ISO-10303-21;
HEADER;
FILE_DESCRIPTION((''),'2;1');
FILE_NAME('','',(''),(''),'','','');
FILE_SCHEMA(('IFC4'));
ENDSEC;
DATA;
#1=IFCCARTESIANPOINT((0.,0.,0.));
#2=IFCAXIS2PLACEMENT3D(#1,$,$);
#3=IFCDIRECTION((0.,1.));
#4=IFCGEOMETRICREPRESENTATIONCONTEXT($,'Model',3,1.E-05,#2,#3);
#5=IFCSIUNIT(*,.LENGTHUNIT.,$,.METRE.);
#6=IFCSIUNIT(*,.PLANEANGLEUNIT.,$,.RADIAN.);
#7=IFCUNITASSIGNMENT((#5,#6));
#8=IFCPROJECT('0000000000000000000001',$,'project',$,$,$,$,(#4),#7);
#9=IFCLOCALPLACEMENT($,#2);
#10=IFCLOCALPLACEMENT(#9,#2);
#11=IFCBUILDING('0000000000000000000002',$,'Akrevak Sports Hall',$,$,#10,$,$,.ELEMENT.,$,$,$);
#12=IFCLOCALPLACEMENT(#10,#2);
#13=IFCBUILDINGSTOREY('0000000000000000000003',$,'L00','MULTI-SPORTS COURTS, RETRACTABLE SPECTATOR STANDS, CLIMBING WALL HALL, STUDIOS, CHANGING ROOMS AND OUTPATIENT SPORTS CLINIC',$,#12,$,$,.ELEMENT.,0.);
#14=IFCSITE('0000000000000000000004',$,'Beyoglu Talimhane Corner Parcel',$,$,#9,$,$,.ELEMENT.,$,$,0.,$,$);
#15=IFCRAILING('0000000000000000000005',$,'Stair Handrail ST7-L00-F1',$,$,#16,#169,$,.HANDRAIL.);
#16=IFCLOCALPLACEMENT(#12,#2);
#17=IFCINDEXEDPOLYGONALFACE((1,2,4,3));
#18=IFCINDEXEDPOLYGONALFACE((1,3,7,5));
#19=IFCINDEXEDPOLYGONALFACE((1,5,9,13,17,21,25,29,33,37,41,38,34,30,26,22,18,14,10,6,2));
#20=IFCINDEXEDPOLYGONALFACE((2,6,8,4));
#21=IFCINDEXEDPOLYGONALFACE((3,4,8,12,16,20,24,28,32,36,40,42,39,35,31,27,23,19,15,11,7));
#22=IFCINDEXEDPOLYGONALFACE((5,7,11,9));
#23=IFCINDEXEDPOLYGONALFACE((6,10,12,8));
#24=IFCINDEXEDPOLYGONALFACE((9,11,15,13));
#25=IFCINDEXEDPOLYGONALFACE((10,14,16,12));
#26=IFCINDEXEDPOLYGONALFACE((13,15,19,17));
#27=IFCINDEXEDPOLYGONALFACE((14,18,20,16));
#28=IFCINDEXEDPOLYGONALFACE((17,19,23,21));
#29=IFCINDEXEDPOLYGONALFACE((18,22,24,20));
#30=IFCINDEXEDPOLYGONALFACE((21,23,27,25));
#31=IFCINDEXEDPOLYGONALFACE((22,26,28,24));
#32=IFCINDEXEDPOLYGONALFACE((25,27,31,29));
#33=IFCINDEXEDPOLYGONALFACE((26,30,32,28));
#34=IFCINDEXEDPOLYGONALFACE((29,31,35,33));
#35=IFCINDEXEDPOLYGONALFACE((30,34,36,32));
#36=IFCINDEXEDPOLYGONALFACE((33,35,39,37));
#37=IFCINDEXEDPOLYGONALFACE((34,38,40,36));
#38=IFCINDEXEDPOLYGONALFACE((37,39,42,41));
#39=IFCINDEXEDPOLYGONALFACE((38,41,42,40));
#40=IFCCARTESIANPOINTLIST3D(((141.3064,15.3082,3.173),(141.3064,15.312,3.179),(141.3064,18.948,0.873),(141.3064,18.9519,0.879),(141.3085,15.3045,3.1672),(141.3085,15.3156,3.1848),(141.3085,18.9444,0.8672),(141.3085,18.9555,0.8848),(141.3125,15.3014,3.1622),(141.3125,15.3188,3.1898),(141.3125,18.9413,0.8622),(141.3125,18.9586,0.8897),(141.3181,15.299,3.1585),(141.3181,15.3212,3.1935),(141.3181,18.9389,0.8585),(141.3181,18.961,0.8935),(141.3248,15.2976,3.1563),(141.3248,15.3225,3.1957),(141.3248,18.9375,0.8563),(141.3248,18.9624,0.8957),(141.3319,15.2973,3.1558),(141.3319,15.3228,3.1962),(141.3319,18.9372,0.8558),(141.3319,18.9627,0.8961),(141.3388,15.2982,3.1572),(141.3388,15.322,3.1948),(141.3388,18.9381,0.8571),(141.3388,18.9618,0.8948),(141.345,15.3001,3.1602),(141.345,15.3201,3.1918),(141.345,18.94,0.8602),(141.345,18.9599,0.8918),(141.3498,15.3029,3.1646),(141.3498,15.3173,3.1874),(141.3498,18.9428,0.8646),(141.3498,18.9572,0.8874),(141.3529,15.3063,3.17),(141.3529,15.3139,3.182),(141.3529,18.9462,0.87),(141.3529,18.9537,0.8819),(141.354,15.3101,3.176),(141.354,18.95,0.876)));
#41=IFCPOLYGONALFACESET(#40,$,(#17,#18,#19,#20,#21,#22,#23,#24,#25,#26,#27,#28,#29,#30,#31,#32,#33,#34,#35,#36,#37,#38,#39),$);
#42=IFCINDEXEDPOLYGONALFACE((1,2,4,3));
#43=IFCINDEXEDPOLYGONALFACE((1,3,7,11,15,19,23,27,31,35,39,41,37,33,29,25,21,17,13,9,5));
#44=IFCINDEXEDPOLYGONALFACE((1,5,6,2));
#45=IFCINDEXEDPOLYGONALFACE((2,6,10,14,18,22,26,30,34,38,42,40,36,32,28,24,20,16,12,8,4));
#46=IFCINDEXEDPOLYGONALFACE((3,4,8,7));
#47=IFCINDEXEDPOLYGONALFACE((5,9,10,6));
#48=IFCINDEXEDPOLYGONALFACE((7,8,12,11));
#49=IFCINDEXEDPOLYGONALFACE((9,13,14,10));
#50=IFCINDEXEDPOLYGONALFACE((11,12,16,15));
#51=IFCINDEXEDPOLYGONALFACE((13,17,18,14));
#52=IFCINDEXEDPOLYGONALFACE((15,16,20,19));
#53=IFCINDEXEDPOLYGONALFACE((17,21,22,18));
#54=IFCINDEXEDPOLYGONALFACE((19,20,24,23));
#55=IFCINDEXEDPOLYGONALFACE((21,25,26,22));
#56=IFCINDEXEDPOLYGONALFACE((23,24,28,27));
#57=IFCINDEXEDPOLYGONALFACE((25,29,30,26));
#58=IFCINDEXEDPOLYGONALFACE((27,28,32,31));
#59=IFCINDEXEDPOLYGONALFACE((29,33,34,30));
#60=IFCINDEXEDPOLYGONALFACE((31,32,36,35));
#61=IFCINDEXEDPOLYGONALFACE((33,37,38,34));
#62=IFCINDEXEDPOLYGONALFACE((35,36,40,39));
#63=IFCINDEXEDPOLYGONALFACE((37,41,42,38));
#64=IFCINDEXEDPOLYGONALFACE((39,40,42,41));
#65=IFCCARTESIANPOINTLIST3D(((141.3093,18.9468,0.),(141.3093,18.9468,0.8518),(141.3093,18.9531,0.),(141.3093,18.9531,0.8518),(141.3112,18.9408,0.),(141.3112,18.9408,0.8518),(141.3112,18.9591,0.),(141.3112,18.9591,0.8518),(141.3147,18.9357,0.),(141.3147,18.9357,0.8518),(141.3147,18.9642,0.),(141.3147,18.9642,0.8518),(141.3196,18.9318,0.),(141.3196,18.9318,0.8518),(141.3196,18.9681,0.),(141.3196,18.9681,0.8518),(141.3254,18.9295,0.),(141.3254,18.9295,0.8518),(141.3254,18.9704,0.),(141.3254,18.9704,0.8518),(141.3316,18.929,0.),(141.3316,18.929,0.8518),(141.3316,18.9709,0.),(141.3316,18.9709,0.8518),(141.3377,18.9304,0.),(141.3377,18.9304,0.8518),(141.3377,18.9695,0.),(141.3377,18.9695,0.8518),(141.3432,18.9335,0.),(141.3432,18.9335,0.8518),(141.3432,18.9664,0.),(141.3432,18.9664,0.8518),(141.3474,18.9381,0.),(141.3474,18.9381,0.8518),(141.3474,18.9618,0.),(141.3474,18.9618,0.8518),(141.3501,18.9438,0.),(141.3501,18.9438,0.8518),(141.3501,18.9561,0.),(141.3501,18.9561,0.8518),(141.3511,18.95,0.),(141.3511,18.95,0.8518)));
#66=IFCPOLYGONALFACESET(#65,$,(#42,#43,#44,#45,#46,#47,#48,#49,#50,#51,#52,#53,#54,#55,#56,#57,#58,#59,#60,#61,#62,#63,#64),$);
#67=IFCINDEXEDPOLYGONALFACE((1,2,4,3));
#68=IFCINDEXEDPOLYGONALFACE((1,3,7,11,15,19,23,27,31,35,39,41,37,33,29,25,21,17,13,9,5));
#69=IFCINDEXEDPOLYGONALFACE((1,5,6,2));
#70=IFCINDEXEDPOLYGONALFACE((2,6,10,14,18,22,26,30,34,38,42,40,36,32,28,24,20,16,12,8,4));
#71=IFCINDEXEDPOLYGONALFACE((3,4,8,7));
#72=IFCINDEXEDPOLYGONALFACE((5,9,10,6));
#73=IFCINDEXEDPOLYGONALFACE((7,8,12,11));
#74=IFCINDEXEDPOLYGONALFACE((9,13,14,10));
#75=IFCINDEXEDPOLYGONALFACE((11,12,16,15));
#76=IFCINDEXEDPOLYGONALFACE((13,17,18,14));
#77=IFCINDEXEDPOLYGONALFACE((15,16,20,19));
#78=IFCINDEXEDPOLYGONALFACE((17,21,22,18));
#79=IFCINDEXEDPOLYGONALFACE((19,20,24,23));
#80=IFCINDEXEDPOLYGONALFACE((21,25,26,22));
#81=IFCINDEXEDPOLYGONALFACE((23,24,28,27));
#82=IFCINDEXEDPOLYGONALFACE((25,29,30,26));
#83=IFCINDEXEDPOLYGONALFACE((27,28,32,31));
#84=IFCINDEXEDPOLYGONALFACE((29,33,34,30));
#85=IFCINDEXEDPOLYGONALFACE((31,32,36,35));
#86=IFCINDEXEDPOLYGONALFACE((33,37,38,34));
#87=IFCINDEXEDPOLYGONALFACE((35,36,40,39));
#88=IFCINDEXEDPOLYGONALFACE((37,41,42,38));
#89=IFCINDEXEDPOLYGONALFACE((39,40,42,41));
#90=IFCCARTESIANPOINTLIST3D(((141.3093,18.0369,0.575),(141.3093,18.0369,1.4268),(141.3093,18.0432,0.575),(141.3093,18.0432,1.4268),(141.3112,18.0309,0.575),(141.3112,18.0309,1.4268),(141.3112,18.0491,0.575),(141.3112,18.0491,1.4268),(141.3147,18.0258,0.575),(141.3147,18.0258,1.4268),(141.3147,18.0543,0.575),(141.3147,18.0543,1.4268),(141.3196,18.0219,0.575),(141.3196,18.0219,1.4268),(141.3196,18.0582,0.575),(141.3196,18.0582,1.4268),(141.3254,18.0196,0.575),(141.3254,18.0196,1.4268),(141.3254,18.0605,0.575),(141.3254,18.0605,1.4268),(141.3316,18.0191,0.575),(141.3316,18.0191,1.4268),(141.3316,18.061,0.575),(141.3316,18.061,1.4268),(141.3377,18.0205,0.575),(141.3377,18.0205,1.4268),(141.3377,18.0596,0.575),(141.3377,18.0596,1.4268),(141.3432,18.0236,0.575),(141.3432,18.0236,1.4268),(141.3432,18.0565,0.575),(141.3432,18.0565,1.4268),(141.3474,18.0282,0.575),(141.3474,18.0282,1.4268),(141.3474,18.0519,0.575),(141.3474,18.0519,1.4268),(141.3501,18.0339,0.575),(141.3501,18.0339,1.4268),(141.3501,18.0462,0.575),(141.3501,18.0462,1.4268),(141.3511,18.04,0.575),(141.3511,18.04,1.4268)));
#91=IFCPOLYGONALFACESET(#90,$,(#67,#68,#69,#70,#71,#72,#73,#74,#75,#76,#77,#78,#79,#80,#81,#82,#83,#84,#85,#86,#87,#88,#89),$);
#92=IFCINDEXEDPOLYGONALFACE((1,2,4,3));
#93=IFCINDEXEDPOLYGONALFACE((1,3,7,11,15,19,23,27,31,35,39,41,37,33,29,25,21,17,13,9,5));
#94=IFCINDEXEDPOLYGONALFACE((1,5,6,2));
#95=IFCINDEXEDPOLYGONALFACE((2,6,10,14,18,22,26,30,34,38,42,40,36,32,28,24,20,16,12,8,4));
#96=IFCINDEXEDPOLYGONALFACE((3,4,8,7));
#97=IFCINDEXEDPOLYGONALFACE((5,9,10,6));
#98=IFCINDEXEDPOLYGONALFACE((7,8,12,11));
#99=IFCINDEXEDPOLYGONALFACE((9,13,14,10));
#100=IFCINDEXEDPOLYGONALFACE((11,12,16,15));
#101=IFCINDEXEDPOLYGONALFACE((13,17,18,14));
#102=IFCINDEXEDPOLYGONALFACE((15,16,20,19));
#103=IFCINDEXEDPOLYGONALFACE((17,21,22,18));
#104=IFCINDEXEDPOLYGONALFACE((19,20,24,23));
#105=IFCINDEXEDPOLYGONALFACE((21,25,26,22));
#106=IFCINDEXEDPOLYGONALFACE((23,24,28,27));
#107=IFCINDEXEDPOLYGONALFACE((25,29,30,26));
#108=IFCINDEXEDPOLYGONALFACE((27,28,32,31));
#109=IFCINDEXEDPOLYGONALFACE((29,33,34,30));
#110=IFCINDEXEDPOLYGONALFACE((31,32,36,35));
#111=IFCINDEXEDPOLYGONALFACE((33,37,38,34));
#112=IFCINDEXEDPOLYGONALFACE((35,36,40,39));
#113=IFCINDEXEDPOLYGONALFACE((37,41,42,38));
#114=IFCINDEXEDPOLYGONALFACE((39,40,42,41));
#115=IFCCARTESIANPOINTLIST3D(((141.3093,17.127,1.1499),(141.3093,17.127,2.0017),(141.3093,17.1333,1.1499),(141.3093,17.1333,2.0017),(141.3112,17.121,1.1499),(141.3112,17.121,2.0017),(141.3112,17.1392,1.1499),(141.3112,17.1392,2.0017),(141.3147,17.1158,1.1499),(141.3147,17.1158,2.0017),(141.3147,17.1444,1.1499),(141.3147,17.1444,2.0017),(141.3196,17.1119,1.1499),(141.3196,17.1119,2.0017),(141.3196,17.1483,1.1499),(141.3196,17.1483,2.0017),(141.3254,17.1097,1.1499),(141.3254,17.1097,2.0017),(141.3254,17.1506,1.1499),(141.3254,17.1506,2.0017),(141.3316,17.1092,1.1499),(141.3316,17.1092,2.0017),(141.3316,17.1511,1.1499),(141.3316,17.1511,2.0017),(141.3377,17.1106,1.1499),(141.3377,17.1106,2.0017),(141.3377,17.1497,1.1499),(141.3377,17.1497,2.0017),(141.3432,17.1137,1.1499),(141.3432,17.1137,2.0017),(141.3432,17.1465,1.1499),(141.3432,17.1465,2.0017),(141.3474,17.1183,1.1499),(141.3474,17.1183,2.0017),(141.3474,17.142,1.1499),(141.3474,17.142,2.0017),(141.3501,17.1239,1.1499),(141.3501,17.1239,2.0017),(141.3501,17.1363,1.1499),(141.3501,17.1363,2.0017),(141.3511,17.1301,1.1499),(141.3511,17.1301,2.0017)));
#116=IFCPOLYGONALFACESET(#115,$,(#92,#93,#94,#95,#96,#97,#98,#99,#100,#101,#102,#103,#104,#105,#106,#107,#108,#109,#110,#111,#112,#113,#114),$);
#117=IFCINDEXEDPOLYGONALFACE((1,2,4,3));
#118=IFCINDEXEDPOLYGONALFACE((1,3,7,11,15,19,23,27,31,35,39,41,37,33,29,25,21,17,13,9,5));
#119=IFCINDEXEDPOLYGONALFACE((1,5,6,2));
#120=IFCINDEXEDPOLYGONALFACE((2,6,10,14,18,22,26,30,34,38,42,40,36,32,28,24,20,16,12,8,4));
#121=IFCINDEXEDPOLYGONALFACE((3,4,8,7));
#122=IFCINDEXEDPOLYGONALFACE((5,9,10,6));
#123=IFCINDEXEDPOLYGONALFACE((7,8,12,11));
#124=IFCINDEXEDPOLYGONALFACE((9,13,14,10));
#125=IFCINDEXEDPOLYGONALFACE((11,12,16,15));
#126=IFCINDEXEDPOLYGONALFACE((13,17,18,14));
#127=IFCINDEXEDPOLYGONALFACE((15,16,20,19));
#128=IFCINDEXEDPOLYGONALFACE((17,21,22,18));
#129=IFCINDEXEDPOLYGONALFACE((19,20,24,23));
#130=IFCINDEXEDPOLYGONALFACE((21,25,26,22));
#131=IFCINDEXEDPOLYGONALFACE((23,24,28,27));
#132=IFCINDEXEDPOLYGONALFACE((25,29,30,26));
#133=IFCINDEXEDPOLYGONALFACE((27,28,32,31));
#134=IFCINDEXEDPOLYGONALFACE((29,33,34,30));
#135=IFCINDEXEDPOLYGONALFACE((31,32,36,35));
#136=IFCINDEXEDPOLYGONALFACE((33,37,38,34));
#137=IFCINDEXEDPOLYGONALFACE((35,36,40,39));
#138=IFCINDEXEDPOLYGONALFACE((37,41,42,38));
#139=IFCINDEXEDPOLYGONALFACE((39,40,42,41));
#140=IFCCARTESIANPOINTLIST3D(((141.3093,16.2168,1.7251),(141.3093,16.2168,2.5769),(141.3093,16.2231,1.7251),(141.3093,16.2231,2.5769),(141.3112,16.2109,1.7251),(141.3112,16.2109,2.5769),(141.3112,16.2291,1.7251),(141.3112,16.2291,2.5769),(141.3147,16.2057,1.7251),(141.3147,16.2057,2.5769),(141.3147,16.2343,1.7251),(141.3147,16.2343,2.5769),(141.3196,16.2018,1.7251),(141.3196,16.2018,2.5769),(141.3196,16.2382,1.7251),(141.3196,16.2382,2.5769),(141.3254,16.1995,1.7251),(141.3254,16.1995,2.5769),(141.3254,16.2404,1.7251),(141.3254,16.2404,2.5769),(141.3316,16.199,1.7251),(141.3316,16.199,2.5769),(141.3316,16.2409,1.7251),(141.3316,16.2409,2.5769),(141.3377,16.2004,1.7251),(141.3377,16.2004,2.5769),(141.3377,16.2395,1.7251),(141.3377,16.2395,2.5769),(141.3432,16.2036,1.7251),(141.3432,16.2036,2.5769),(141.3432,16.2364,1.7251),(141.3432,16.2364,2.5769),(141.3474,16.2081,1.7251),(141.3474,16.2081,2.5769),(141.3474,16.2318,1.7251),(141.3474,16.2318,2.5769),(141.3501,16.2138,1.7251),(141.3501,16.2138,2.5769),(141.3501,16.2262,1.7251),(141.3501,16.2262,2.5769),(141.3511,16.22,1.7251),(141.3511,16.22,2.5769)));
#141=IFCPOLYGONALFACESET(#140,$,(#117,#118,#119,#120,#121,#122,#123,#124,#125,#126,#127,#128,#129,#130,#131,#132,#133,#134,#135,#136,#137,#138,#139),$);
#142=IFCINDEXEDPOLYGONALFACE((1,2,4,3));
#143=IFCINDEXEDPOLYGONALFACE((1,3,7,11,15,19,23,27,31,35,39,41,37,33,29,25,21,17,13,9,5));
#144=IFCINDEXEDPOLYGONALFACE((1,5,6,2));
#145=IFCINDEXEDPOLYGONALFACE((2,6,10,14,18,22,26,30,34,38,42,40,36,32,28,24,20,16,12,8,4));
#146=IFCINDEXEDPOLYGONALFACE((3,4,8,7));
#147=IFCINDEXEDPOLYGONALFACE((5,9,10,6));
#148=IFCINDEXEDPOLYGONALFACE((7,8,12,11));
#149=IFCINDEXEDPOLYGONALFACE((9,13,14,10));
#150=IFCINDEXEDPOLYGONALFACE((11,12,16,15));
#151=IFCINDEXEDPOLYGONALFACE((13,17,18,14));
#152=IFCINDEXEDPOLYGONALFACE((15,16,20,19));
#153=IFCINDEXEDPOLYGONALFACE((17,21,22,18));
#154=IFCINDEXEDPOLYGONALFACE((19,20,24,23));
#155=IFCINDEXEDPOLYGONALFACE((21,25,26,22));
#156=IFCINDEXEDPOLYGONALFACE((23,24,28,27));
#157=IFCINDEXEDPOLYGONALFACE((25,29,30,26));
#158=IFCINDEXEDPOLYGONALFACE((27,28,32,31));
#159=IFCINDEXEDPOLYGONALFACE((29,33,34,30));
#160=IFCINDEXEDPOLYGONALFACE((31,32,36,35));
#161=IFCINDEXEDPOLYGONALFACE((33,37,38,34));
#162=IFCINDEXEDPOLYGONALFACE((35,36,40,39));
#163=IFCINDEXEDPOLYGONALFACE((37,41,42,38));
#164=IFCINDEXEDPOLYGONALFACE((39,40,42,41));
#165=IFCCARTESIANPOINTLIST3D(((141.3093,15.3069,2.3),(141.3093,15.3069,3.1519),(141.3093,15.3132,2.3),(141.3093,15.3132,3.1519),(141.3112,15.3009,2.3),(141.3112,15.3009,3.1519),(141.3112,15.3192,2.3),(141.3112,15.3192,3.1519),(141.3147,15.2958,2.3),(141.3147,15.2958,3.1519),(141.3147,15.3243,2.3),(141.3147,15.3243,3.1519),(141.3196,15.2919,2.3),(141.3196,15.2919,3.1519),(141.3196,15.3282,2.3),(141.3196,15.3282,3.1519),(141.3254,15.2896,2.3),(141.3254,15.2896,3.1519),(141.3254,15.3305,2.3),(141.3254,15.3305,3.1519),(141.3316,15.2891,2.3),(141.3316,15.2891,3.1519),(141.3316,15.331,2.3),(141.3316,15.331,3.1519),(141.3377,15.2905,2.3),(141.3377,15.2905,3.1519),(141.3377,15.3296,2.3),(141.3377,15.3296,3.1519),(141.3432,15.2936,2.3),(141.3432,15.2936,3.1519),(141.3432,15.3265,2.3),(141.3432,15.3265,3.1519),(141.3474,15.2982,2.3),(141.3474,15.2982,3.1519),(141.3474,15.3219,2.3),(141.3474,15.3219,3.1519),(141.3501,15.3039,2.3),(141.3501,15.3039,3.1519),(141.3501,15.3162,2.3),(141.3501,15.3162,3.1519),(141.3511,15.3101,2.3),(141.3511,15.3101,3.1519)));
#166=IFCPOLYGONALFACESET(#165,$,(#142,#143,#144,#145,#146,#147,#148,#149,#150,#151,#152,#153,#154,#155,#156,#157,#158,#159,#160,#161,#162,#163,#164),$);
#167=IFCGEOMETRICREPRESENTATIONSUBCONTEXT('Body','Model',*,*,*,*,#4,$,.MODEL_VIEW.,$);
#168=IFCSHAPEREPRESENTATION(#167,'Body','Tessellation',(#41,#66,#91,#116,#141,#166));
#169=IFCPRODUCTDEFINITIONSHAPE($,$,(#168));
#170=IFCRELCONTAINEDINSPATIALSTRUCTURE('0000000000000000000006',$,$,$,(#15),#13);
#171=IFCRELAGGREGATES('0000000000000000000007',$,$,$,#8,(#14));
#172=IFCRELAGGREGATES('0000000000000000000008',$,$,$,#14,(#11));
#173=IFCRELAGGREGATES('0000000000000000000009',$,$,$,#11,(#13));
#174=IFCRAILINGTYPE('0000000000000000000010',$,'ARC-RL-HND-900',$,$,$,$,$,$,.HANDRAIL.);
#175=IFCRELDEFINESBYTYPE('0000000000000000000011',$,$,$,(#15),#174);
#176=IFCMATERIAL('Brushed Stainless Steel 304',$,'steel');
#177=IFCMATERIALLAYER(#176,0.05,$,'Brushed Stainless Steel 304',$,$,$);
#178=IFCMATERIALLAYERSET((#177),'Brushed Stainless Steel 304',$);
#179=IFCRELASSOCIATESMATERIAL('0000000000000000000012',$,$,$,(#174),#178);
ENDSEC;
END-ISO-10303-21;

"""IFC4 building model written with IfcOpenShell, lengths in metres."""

from ifc_helpers import new_model, si_unit, direction, frame, origin, origin_2d, place, context, subcontext, project, spatial, circle, extrude, material, layer, layer_set, type_object, element, save


model = new_model("IFC4")

# Units and contexts
model_context = context("Model", 3, precision=1e-05, world=origin(), true_north=direction((0.0, 1.0)))
body_context = subcontext(model_context, "Body", "Model", "MODEL_VIEW")
ifc_project = project(units=[si_unit("LENGTHUNIT", "METRE"), si_unit("PLANEANGLEUNIT", "RADIAN")], contexts=[model_context])

# Site, building, storey
site_placement = place(None, origin())
site = spatial("IfcSite", under=ifc_project, at=site_placement, Name="Beyoglu Talimhane Corner Parcel", CompositionType="ELEMENT", RefElevation=0.0)
building_placement = place(site_placement, origin())
building = spatial("IfcBuilding", under=site, at=building_placement, Name="Akrevak Sports Hall", CompositionType="ELEMENT")
storey_placement = place(building_placement, origin())
storey = spatial("IfcBuildingStorey", under=building, at=storey_placement, Name="L00", Description="MULTI-SPORTS COURTS, RETRACTABLE SPECTATOR STANDS, CLIMBING WALL HALL, STUDIOS, CHANGING ROOMS AND OUTPATIENT SPORTS CLINIC", CompositionType="ELEMENT", Elevation=0.0)

# Railing
ifc_material_1 = material(Name="Brushed Stainless Steel 304", Category="steel")
ifc_layer_1 = layer(ifc_material_1, 0.05, Name="Brushed Stainless Steel 304")
ifc_layer_set_1 = layer_set([ifc_layer_1], Name="Brushed Stainless Steel 304")
railing_type_1 = type_object("IfcRailingType", Name="ARC-RL-HND-900", PredefinedType="HANDRAIL", material=ifc_layer_set_1)
railing_1_placement = place(storey_placement, frame((141.3301, 18.95, 0.0)))
element("IfcRailing", 1, at=railing_1_placement, inside=storey, type_object=railing_type_1, Name="Stair Handrail ST7-L00-F1", PredefinedType="HANDRAIL", context=body_context, shape_type="SweptSolid", body=[
    extrude(circle(Radius=0.0239, at=origin_2d()), frame((0.0, 0.0, 0.876), z_axis=(0.0, -0.845366, 0.534187), x_axis=(1.0, 0.0, 0.0)), (0.0, 0.0, 1.0), 4.3057),
    extrude(circle(Radius=0.021, at=origin_2d()), origin(), (0.0, 0.0, 1.0), 0.8518),
    extrude(circle(Radius=0.021, at=origin_2d()), frame((0.0, -0.9099, 0.575)), (0.0, 0.0, 1.0), 0.8518),
    extrude(circle(Radius=0.021, at=origin_2d()), frame((0.0, -1.8198, 1.1499)), (0.0, 0.0, 1.0), 0.8518),
    extrude(circle(Radius=0.021, at=origin_2d()), frame((0.0, -2.73, 1.7251)), (0.0, 0.0, 1.0), 0.8518),
    extrude(circle(Radius=0.021, at=origin_2d()), frame((0.0, -3.6399, 2.3)), (0.0, 0.0, 1.0), 0.8518),
])

save(model, "model.ifc")
